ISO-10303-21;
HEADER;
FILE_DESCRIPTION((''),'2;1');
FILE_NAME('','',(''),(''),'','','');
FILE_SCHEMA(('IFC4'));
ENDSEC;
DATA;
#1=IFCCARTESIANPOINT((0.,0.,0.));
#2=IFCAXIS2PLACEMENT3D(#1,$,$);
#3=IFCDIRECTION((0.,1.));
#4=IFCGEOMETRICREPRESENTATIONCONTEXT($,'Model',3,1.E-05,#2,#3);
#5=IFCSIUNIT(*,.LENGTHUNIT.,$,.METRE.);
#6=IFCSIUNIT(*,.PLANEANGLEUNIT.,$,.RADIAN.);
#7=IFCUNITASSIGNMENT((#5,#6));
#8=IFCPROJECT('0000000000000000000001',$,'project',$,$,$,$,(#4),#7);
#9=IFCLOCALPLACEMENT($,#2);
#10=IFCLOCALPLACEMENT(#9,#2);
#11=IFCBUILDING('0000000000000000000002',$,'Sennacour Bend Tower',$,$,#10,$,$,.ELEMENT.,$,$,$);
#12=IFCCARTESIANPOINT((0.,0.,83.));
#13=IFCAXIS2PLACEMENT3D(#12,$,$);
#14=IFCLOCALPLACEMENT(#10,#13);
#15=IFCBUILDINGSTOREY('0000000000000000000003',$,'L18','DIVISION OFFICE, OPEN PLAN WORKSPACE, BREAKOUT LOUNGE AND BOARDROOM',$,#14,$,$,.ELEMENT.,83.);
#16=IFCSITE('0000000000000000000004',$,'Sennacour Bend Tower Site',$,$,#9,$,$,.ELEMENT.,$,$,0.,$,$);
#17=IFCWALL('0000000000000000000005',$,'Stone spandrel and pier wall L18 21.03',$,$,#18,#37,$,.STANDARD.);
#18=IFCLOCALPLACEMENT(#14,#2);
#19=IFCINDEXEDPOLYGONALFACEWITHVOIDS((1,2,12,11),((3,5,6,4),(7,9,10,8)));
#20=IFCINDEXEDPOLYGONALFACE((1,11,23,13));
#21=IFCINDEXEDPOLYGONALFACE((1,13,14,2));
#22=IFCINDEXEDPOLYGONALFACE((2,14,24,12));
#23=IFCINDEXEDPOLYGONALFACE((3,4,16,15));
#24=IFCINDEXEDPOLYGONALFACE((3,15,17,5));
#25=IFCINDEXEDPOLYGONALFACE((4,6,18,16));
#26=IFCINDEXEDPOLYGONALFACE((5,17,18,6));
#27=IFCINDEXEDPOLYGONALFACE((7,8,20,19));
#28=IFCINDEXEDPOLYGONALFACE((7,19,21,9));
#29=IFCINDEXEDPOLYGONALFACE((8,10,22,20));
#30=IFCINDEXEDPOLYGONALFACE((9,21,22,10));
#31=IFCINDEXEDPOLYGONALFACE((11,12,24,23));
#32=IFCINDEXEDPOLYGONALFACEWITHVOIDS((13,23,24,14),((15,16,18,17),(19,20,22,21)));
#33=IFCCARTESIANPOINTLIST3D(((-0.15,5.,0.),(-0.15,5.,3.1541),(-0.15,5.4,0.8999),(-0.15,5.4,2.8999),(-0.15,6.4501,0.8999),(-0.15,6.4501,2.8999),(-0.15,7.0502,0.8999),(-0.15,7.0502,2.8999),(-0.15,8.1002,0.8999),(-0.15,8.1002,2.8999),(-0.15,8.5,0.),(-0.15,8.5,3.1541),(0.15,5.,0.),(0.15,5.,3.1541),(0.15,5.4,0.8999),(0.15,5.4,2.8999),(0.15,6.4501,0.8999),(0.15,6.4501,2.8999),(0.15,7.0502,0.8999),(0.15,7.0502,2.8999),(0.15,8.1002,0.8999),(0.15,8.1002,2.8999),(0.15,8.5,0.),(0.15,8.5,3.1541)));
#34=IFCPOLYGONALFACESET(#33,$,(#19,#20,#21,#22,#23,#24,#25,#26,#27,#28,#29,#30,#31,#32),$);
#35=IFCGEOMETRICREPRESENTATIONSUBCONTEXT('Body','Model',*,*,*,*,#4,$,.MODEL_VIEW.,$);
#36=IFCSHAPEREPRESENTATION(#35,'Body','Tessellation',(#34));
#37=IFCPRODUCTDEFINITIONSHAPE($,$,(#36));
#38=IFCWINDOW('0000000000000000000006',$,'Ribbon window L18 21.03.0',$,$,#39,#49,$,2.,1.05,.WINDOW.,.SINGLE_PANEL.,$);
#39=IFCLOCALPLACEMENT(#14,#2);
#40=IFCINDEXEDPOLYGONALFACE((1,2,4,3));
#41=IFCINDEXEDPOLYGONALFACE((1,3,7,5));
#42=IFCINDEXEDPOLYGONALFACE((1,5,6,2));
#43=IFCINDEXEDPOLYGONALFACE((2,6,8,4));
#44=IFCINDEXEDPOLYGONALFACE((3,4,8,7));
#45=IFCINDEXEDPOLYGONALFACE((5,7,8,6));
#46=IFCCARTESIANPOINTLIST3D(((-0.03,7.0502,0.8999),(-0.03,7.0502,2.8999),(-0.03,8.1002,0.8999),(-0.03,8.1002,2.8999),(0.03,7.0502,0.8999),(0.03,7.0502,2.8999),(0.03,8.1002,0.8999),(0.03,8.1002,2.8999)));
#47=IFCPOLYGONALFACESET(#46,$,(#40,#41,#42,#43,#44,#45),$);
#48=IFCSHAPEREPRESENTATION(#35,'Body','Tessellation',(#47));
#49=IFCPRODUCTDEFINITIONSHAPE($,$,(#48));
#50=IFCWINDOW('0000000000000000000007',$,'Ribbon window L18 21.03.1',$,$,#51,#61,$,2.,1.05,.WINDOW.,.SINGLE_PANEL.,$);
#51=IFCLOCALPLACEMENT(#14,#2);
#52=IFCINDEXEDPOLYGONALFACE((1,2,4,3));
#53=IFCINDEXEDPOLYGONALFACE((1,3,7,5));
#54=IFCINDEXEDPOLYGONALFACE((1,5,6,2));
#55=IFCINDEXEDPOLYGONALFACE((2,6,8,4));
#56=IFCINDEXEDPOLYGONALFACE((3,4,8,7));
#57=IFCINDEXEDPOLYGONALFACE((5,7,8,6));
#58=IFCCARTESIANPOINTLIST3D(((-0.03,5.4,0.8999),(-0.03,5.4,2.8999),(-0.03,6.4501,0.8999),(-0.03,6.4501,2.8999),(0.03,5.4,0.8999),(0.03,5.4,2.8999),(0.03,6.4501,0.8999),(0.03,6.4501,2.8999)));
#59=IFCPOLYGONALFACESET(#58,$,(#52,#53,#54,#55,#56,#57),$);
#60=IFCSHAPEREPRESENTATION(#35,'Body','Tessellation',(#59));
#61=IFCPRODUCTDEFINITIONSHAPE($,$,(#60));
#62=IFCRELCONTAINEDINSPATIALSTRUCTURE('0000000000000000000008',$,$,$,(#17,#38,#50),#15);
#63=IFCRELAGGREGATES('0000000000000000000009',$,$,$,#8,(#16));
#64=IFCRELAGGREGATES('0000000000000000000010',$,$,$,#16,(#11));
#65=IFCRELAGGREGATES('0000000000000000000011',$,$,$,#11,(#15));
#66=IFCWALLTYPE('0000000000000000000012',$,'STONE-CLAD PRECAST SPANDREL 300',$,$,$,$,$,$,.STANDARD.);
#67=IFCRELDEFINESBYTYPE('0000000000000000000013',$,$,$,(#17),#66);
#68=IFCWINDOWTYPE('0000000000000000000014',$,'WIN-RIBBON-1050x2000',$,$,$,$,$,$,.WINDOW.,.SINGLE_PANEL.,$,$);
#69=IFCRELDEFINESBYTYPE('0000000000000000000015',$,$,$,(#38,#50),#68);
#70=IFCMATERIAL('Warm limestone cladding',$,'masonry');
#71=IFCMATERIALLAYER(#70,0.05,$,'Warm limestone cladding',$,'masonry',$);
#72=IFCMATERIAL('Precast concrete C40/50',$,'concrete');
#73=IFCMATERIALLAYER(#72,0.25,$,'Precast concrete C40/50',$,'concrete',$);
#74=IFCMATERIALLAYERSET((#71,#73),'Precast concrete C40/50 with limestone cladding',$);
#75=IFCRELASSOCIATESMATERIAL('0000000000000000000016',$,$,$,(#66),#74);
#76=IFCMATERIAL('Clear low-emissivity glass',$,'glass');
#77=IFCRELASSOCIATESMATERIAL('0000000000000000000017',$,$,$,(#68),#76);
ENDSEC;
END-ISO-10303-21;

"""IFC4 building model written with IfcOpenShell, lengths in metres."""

from ifc_helpers import new_model, si_unit, direction, frame, frame_2d, origin, place, context, subcontext, project, spatial, rectangle, extrude, material, layer, layer_set, type_object, element, fill, save


model = new_model("IFC4")

# Units and contexts
model_context = context("Model", 3, precision=1e-05, world=origin(), true_north=direction((0.0, 1.0)))
body_context = subcontext(model_context, "Body", "Model", "MODEL_VIEW")
ifc_project = project(units=[si_unit("LENGTHUNIT", "METRE"), si_unit("PLANEANGLEUNIT", "RADIAN")], contexts=[model_context])

# Site, building, storey
site_placement = place(None, origin())
site = spatial("IfcSite", under=ifc_project, at=site_placement, Name="Sennacour Bend Tower Site", CompositionType="ELEMENT", RefElevation=0.0)
building_placement = place(site_placement, origin())
building = spatial("IfcBuilding", under=site, at=building_placement, Name="Sennacour Bend Tower", CompositionType="ELEMENT")
storey_placement = place(building_placement, frame((0.0, 0.0, 83.0)))
storey = spatial("IfcBuildingStorey", under=building, at=storey_placement, Name="L18", Description="DIVISION OFFICE, OPEN PLAN WORKSPACE, BREAKOUT LOUNGE AND BOARDROOM", CompositionType="ELEMENT", Elevation=83.0)

# Wall, openings, windows
ifc_material_1 = material(Name="Warm limestone cladding", Category="masonry")
ifc_layer_1 = layer(ifc_material_1, 0.05, Name="Warm limestone cladding", Category="masonry")
ifc_material_2 = material(Name="Precast concrete C40/50", Category="concrete")
ifc_layer_2 = layer(ifc_material_2, 0.25, Name="Precast concrete C40/50", Category="concrete")
ifc_layer_set = layer_set([ifc_layer_1, ifc_layer_2], Name="Precast concrete C40/50 with limestone cladding")
wall_type = type_object("IfcWallType", Name="STONE-CLAD PRECAST SPANDREL 300", PredefinedType="STANDARD", material=ifc_layer_set)
ifc_material_3 = material(Name="Clear low-emissivity glass", Category="glass")
window_type = type_object("IfcWindowType", Name="WIN-RIBBON-1050x2000", PartitioningType="SINGLE_PANEL", PredefinedType="WINDOW", material=ifc_material_3)
wall_1_placement = place(storey_placement, frame((0.0, 8.5, 0.0), z_axis=(0.0, 0.0, 1.0), x_axis=(0.0, -1.0, 0.0)))
wall_1 = element("IfcWall", 1, at=wall_1_placement, inside=storey, type_object=wall_type, Name="Stone spandrel and pier wall L18 21.03", PredefinedType="STANDARD", context=body_context, shape_type="SweptSolid", body=[
    extrude(rectangle(XDim=3.5, YDim=0.3, at=frame_2d((1.75, 0.0))), origin(), (0.0, 0.0, 1.0), 3.1541),
])
opening_1_placement = place(wall_1_placement, frame((0.3999, 0.0, 0.8999)))
opening_1 = element("IfcOpeningElement", 2, at=opening_1_placement, cuts=wall_1, PredefinedType="OPENING", context=body_context, shape_type="SweptSolid", body=[
    extrude(rectangle(XDim=1.05, YDim=2.0, at=frame_2d((0.5249, 1.0))), frame((0.0, 0.1602, 0.0), z_axis=(0.0, -1.0, 0.0), x_axis=(1.0, 0.0, 0.0)), (0.0, 0.0, 1.0), 0.3201),
])
opening_2_placement = place(wall_1_placement, frame((2.05, 0.0, 0.8999)))
opening_2 = element("IfcOpeningElement", 3, at=opening_2_placement, cuts=wall_1, PredefinedType="OPENING", context=body_context, shape_type="SweptSolid", body=[
    extrude(rectangle(XDim=1.05, YDim=2.0, at=frame_2d((0.5249, 1.0))), frame((0.0, 0.1602, 0.0), z_axis=(0.0, -1.0, 0.0), x_axis=(1.0, 0.0, 0.0)), (0.0, 0.0, 1.0), 0.3201),
])
window_1_placement = place(opening_1_placement, origin())
window_1 = element("IfcWindow", 4, at=window_1_placement, inside=storey, type_object=window_type, Name="Ribbon window L18 21.03.0", OverallHeight=2.0, OverallWidth=1.05, PartitioningType="SINGLE_PANEL", PredefinedType="WINDOW", context=body_context, shape_type="SweptSolid", body=[
    extrude(rectangle(XDim=1.05, YDim=2.0, at=frame_2d((0.5249, 1.0))), frame((0.0, 0.03, 0.0), z_axis=(0.0, -1.0, 0.0), x_axis=(1.0, 0.0, 0.0)), (0.0, 0.0, 1.0), 0.0601),
])
fill(opening_1, window_1)
window_2_placement = place(opening_2_placement, origin())
window_2 = element("IfcWindow", 5, at=window_2_placement, inside=storey, type_object=window_type, Name="Ribbon window L18 21.03.1", OverallHeight=2.0, OverallWidth=1.05, PartitioningType="SINGLE_PANEL", PredefinedType="WINDOW", context=body_context, shape_type="SweptSolid", body=[
    extrude(rectangle(XDim=1.05, YDim=2.0, at=frame_2d((0.5249, 1.0))), frame((0.0, 0.03, 0.0), z_axis=(0.0, -1.0, 0.0), x_axis=(1.0, 0.0, 0.0)), (0.0, 0.0, 1.0), 0.0601),
])
fill(opening_2, window_2)

save(model, "model.ifc")
